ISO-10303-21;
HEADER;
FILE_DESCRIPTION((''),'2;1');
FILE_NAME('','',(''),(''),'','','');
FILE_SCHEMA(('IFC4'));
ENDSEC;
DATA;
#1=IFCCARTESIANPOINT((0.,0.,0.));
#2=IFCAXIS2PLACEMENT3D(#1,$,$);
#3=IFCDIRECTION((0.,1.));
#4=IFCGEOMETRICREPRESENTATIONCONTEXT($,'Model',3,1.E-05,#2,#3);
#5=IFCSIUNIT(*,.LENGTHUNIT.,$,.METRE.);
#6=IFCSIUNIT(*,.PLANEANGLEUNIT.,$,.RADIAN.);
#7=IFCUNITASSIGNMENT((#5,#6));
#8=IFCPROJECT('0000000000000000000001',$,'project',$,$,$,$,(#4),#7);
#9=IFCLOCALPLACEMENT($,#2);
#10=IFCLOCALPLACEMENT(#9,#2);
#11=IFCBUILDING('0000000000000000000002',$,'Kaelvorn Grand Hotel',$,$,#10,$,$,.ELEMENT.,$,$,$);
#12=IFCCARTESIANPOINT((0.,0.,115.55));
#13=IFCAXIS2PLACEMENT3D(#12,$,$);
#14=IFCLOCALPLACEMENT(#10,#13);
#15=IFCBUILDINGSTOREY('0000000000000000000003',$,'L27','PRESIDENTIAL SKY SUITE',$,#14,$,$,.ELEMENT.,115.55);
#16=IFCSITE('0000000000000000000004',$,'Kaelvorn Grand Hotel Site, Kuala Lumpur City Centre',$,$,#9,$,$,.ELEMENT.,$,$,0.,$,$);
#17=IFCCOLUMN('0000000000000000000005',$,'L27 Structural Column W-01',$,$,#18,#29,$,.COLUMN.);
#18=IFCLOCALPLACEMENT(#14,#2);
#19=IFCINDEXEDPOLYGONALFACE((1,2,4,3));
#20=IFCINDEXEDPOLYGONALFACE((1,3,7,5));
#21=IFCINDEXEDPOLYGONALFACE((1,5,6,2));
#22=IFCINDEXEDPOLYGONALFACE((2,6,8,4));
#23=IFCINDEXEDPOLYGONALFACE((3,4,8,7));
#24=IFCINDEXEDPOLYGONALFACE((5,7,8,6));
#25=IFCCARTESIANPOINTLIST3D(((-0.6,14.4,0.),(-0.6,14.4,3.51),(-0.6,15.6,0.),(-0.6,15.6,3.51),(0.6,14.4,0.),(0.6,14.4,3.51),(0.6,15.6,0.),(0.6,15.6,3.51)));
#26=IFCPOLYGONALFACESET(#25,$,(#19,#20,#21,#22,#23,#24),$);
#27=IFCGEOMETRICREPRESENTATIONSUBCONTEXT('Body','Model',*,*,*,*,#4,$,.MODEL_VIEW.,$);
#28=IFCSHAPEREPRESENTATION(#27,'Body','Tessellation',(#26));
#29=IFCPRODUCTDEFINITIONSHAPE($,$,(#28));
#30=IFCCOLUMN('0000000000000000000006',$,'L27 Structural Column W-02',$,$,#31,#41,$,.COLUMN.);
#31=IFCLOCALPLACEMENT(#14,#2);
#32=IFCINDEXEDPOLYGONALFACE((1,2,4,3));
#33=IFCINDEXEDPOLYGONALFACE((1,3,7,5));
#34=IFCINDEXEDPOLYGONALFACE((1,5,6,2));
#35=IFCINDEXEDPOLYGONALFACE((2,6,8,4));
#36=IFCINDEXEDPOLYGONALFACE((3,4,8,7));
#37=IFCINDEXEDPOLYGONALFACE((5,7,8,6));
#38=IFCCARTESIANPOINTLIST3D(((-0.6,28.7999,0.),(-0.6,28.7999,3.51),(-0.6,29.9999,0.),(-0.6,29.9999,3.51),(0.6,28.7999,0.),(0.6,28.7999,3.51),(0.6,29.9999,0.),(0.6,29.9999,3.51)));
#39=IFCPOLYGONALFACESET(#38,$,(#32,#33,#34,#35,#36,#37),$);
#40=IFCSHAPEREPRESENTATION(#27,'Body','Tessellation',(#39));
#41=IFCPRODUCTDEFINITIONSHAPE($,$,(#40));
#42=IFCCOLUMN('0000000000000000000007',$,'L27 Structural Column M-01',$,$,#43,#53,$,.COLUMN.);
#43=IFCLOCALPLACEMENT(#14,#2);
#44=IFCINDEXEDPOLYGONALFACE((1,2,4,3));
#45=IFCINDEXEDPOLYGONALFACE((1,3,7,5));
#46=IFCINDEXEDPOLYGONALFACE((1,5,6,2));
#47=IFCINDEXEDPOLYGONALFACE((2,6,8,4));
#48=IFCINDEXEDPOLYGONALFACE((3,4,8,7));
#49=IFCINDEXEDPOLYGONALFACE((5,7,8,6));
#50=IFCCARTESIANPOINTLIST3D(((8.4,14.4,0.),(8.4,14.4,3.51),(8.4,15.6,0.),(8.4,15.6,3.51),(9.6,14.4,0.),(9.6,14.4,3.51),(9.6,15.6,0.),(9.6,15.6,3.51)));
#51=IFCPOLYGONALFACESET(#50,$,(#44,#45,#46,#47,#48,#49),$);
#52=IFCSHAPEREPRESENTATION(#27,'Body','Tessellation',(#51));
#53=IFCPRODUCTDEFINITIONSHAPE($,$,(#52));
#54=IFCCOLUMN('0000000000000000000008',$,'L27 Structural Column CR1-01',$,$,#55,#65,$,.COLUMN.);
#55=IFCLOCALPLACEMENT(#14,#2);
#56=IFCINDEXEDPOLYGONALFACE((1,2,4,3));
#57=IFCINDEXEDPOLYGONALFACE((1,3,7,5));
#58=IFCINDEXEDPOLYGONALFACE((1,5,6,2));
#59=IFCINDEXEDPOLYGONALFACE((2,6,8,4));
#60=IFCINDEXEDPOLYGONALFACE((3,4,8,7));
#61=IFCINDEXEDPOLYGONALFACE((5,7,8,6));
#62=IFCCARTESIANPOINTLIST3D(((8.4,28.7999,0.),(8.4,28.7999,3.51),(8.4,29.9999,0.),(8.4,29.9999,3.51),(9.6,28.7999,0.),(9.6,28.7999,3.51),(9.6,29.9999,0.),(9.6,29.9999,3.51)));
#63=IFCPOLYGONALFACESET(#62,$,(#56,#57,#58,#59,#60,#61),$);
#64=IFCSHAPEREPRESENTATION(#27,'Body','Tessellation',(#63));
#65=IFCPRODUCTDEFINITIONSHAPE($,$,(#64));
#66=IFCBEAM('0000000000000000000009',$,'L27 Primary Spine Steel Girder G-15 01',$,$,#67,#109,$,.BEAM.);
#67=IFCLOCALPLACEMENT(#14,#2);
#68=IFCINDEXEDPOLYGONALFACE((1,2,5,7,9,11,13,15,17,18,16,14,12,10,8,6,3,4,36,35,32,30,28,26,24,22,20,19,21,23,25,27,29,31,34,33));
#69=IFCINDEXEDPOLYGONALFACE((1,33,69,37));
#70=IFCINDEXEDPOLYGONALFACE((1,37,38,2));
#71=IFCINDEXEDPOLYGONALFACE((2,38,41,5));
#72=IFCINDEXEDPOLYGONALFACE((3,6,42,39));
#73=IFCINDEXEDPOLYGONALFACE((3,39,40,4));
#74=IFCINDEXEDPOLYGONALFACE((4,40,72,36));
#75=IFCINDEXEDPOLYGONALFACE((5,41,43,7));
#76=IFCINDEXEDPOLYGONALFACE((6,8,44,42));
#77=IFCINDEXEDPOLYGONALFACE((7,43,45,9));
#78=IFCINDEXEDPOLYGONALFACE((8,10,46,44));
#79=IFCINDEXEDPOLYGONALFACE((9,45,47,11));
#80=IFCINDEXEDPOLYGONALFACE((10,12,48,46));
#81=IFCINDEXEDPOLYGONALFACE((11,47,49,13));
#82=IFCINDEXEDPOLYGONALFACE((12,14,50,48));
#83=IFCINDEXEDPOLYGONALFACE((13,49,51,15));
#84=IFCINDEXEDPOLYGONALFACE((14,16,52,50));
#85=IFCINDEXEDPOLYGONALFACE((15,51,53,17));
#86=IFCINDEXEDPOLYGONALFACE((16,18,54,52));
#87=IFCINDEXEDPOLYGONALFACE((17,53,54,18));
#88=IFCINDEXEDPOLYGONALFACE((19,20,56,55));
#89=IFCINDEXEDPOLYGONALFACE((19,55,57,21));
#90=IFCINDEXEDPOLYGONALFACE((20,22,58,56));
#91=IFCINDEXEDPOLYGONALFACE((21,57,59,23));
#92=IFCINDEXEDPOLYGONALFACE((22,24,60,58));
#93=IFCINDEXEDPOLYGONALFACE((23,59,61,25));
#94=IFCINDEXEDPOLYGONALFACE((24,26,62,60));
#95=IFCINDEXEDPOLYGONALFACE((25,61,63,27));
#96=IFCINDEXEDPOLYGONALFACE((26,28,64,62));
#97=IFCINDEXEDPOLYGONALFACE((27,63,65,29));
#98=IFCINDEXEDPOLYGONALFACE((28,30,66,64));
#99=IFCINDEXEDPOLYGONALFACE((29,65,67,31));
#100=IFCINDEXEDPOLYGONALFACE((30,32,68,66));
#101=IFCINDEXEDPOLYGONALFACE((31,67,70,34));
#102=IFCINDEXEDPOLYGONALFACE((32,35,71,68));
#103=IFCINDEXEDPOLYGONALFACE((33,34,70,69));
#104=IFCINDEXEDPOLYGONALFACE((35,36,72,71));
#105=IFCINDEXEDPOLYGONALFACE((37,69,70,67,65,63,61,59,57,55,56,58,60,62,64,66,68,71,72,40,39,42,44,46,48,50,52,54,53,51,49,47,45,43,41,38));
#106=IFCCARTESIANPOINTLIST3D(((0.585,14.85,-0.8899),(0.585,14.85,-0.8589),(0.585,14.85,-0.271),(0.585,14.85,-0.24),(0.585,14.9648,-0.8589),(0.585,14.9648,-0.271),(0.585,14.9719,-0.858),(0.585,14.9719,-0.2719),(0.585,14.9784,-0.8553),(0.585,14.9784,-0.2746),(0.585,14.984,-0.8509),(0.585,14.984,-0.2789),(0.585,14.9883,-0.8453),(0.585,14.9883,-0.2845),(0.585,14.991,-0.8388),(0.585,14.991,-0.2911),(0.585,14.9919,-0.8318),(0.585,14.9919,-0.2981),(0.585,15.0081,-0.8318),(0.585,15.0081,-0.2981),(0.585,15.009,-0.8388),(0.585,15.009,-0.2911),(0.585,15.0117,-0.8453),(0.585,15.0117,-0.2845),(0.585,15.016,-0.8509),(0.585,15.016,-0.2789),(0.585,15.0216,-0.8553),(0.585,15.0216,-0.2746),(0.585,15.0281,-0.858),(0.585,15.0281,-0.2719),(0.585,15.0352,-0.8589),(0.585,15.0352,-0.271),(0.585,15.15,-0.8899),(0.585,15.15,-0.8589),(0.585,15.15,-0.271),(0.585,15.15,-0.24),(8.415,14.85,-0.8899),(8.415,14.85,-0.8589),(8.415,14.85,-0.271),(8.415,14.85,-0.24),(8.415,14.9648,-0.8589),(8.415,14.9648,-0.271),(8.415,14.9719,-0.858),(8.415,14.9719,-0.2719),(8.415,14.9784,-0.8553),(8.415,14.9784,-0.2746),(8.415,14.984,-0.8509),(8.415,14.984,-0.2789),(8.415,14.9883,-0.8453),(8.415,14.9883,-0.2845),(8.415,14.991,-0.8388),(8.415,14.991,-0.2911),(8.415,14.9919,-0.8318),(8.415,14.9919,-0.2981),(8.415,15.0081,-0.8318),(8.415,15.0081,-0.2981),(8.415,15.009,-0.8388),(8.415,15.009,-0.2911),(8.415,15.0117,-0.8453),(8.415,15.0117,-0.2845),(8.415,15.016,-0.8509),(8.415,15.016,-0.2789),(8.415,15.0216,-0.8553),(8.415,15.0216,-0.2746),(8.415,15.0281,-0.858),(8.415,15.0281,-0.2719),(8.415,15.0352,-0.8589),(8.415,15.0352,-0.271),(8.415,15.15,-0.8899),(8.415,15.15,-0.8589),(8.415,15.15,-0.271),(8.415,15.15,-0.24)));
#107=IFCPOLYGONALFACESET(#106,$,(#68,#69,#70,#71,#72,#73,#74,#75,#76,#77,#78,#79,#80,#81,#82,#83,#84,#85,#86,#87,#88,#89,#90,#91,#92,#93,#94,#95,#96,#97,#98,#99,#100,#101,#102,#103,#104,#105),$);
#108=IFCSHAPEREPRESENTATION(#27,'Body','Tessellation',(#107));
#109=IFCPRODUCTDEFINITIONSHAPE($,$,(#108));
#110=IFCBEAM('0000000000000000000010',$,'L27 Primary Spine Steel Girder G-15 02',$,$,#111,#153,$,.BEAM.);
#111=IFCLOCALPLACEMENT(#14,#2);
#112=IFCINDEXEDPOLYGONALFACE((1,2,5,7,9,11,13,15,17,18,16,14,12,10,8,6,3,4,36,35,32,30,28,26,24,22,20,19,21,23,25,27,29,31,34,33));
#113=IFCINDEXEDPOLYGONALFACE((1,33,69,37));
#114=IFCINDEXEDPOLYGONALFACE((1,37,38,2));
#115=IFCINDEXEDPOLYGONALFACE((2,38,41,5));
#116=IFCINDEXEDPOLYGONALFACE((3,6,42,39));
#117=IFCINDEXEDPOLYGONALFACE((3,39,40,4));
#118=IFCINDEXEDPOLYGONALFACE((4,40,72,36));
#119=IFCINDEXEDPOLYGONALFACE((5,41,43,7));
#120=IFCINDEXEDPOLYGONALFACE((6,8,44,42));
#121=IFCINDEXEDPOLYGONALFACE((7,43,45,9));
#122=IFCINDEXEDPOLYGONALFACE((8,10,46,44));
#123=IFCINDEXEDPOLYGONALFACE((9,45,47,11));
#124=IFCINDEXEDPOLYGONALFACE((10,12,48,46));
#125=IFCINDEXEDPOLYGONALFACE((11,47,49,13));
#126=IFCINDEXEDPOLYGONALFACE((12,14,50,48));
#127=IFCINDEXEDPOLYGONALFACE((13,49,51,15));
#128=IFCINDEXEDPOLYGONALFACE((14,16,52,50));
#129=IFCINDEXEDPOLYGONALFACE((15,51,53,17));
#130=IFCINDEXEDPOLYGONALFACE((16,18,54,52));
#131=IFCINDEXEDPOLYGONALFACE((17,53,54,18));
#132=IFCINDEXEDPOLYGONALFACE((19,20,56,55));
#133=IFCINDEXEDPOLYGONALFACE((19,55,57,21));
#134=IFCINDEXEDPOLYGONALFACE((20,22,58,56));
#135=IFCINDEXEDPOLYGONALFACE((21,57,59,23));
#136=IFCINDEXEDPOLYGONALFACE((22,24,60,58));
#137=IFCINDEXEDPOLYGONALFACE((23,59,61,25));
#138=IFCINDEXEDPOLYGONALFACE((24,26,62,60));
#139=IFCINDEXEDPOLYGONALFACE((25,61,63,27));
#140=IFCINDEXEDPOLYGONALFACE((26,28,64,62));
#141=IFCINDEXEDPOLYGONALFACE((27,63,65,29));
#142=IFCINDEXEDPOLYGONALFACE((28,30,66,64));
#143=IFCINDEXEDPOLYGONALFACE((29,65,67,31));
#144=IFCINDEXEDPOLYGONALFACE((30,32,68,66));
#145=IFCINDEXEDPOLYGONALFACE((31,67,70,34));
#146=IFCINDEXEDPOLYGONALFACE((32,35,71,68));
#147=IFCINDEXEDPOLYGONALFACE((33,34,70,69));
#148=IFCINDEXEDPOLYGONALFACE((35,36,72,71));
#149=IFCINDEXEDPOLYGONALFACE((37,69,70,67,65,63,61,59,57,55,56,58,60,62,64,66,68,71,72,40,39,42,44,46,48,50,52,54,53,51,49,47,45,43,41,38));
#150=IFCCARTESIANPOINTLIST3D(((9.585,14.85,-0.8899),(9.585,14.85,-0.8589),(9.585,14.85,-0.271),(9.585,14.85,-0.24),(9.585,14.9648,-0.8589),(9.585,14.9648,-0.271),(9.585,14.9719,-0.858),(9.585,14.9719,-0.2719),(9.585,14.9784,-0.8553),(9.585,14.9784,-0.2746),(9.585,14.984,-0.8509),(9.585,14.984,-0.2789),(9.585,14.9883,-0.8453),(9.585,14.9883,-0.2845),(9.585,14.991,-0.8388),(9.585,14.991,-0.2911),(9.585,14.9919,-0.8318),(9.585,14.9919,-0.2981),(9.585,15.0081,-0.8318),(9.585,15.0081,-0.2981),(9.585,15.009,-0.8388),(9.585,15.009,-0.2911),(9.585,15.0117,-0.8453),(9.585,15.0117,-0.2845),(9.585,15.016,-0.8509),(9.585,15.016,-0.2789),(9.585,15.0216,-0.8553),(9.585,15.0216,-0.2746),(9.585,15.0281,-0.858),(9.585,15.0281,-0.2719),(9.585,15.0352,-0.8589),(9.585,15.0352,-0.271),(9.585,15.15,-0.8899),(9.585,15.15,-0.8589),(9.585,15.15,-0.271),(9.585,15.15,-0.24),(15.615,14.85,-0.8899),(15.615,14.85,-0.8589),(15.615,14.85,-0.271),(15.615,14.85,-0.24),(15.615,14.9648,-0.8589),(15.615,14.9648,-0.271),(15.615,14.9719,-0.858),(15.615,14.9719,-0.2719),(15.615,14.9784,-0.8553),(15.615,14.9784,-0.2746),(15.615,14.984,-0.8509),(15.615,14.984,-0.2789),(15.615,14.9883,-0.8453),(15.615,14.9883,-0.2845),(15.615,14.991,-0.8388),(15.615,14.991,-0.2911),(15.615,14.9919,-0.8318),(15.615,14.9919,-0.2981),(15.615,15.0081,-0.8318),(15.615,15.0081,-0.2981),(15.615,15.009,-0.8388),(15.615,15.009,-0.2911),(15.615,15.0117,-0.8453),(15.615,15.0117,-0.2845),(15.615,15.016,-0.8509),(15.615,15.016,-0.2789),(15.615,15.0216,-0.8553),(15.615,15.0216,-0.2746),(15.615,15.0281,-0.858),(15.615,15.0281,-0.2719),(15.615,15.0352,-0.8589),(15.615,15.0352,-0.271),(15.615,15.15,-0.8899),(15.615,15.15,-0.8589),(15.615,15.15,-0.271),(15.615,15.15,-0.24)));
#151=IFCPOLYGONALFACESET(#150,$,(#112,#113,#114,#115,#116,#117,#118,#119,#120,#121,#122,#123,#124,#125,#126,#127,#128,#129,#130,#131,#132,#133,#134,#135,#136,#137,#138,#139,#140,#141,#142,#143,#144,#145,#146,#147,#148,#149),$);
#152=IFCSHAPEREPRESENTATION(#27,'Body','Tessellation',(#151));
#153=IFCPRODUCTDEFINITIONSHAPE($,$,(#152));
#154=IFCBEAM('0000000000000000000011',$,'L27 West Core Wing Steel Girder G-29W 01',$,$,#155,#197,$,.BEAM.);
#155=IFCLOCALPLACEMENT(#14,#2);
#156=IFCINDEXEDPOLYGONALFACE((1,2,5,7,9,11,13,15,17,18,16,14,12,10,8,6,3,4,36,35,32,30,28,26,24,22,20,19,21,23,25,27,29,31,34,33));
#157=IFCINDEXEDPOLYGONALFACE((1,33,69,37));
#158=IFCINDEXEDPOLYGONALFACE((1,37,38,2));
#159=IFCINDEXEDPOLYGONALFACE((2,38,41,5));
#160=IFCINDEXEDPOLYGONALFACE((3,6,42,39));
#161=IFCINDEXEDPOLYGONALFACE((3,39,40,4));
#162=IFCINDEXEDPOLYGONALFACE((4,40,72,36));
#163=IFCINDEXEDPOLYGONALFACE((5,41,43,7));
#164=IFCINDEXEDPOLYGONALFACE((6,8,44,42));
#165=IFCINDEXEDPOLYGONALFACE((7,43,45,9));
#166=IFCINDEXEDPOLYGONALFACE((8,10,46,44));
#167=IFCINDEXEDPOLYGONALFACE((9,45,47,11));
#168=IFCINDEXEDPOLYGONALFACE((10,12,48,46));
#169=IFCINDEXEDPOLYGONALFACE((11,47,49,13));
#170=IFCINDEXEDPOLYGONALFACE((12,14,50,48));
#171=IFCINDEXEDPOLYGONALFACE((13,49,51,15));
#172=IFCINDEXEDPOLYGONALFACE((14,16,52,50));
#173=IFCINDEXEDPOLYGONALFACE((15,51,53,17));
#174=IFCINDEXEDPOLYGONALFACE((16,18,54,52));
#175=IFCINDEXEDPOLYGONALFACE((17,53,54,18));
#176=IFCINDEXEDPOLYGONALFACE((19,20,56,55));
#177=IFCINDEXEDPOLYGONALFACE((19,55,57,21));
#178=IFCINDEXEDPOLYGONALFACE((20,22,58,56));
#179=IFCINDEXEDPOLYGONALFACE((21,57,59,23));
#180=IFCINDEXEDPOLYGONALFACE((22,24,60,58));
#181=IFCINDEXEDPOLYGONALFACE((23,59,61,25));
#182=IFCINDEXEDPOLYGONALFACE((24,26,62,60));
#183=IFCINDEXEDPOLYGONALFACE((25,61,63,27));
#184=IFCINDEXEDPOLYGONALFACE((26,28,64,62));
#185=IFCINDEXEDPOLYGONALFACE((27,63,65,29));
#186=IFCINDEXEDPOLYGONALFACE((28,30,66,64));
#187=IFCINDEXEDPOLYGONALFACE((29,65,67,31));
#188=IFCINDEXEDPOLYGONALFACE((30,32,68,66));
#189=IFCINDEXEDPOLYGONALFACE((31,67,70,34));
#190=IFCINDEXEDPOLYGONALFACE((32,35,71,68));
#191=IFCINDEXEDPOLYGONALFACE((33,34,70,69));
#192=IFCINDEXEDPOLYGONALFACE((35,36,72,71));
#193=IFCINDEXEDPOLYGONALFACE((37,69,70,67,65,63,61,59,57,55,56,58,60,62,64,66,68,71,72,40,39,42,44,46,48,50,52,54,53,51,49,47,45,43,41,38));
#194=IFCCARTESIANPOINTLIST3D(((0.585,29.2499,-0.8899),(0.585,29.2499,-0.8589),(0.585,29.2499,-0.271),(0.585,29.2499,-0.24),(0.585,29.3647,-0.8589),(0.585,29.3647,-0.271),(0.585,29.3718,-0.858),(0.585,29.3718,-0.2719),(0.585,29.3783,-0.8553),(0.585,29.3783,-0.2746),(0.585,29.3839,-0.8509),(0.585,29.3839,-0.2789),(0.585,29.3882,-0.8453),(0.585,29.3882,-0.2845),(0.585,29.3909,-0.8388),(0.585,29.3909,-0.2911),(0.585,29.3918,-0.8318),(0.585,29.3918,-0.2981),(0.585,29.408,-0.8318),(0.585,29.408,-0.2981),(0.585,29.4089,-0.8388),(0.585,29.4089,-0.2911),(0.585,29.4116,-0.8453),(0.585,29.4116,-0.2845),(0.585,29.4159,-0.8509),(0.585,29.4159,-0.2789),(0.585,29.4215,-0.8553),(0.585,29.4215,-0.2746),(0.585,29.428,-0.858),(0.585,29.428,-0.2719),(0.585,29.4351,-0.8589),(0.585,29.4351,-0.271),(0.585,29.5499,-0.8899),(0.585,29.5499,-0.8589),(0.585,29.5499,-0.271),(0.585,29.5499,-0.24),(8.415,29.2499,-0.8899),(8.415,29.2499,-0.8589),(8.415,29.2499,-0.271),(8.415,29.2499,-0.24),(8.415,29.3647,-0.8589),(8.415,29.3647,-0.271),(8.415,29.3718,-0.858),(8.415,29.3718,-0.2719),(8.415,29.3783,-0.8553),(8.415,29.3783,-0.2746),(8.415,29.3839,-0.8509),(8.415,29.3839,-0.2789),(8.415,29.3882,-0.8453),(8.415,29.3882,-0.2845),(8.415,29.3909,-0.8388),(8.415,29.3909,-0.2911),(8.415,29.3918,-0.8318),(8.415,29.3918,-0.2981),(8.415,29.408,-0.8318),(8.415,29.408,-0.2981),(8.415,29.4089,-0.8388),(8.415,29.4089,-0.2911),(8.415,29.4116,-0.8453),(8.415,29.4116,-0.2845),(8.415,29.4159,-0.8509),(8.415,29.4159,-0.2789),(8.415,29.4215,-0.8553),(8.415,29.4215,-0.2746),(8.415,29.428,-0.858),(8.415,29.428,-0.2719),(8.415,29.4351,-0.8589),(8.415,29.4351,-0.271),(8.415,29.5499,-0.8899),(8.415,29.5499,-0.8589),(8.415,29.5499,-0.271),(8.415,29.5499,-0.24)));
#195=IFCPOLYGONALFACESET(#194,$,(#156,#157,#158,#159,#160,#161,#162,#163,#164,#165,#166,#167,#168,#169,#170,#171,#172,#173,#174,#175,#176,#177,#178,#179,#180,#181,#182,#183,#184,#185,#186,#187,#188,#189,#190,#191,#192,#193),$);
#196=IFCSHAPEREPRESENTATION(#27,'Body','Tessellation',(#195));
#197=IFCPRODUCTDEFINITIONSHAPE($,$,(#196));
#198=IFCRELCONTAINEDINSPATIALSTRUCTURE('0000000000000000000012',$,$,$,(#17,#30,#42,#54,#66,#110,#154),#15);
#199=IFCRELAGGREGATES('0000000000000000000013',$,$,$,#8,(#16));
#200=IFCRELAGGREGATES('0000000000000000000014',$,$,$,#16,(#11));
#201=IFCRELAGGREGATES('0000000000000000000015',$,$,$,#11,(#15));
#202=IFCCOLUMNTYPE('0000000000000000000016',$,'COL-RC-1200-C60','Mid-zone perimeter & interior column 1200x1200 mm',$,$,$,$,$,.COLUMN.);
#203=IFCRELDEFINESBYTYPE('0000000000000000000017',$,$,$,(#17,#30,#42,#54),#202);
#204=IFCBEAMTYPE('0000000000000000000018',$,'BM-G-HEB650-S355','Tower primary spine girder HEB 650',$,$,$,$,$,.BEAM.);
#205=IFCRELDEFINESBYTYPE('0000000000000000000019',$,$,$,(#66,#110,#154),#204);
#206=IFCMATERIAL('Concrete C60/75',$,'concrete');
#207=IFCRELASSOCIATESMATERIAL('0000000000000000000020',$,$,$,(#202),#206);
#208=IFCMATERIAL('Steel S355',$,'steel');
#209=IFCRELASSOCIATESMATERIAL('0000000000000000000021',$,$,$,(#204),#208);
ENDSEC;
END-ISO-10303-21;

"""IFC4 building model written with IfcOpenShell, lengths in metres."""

from ifc_helpers import new_model, si_unit, direction, frame, origin, origin_2d, place, context, subcontext, project, spatial, rectangle, i_section, extrude, material, material_profile, profile_set, type_object, element, save


model = new_model("IFC4")

# Units and contexts
model_context = context("Model", 3, precision=1e-05, world=origin(), true_north=direction((0.0, 1.0)))
body_context = subcontext(model_context, "Body", "Model", "MODEL_VIEW")
ifc_project = project(units=[si_unit("LENGTHUNIT", "METRE"), si_unit("PLANEANGLEUNIT", "RADIAN")], contexts=[model_context])

# Site, building, storey
site_placement = place(None, origin())
site = spatial("IfcSite", under=ifc_project, at=site_placement, Name="Kaelvorn Grand Hotel Site, Kuala Lumpur City Centre", CompositionType="ELEMENT", RefElevation=0.0)
building_placement = place(site_placement, origin())
building = spatial("IfcBuilding", under=site, at=building_placement, Name="Kaelvorn Grand Hotel", CompositionType="ELEMENT")
storey_placement = place(building_placement, frame((0.0, 0.0, 115.55)))
storey = spatial("IfcBuildingStorey", under=building, at=storey_placement, Name="L27", Description="PRESIDENTIAL SKY SUITE", CompositionType="ELEMENT", Elevation=115.55)

# Columns
ifc_material_1 = material(Name="Concrete C60/75", Category="concrete")
ifc_material_profile_1 = material_profile(ifc_material_1, rectangle(XDim=1.2, YDim=1.2, at=origin_2d()), Name="RC COL 1200x1200")
ifc_profile_set_1 = profile_set([ifc_material_profile_1], Name="Concrete C60/75")
column_type = type_object("IfcColumnType", Name="COL-RC-1200-C60", Description="Mid-zone perimeter & interior column 1200x1200 mm", PredefinedType="COLUMN", material=ifc_profile_set_1)
for number, where, z_axis, x_axis, name in (
    (1, (0.0, 15.0, 0.0), (0.0, 0.0, 1.0), (1.0, 0.0, 0.0), "L27 Structural Column W-01"),
    (2, (0.0, 29.3999, 0.0), (0.0, 0.0, 1.0), (1.0, 0.0, 0.0), "L27 Structural Column W-02"),
    (3, (9.0, 15.0, 0.0), (0.0, 0.0, 1.0), (1.0, 0.0, 0.0), "L27 Structural Column M-01"),
    (4, (9.0, 29.3999, 0.0), (0.0, 0.0, 1.0), (1.0, 0.0, 0.0), "L27 Structural Column CR1-01"),
):
    element("IfcColumn", number, at=place(storey_placement, frame(where, z_axis=z_axis, x_axis=x_axis)), inside=storey, type_object=column_type, Name=name, PredefinedType="COLUMN", context=body_context, shape_type="SweptSolid", body=[
        extrude(rectangle(XDim=1.2, YDim=1.2, at=origin_2d()), origin(), (0.0, 0.0, 1.0), 3.51),
    ])

# Beams
ifc_material_2 = material(Name="Steel S355", Category="steel")
ifc_material_profile_2 = material_profile(ifc_material_2, i_section(OverallWidth=0.3, OverallDepth=0.6499, WebThickness=0.0161, FlangeThickness=0.031, FilletRadius=0.0271, at=origin_2d()), Name="HEB 650")
ifc_profile_set_2 = profile_set([ifc_material_profile_2], Name="Steel S355")
beam_type_1 = type_object("IfcBeamType", Name="BM-G-HEB650-S355", Description="Tower primary spine girder HEB 650", PredefinedType="BEAM", material=ifc_profile_set_2)
beam_1_placement = place(storey_placement, frame((0.585, 15.0, -0.5649), z_axis=(1.0, 0.0, 0.0), x_axis=(0.0, 1.0, 0.0)))
element("IfcBeam", 5, at=beam_1_placement, inside=storey, type_object=beam_type_1, Name="L27 Primary Spine Steel Girder G-15 01", PredefinedType="BEAM", context=body_context, shape_type="SweptSolid", body=[
    extrude(i_section(OverallWidth=0.3, OverallDepth=0.6499, WebThickness=0.0161, FlangeThickness=0.031, FilletRadius=0.0271, at=origin_2d()), origin(), (0.0, 0.0, 1.0), 7.8301),
])
beam_2_placement = place(storey_placement, frame((9.585, 15.0, -0.5649), z_axis=(1.0, 0.0, 0.0), x_axis=(0.0, 1.0, 0.0)))
element("IfcBeam", 6, at=beam_2_placement, inside=storey, type_object=beam_type_1, Name="L27 Primary Spine Steel Girder G-15 02", PredefinedType="BEAM", context=body_context, shape_type="SweptSolid", body=[
    extrude(i_section(OverallWidth=0.3, OverallDepth=0.6499, WebThickness=0.0161, FlangeThickness=0.031, FilletRadius=0.0271, at=origin_2d()), origin(), (0.0, 0.0, 1.0), 6.03),
])
beam_3_placement = place(storey_placement, frame((0.585, 29.3999, -0.5649), z_axis=(1.0, 0.0, 0.0), x_axis=(0.0, 1.0, 0.0)))
element("IfcBeam", 7, at=beam_3_placement, inside=storey, type_object=beam_type_1, Name="L27 West Core Wing Steel Girder G-29W 01", PredefinedType="BEAM", context=body_context, shape_type="SweptSolid", body=[
    extrude(i_section(OverallWidth=0.3, OverallDepth=0.6499, WebThickness=0.0161, FlangeThickness=0.031, FilletRadius=0.0271, at=origin_2d()), origin(), (0.0, 0.0, 1.0), 7.8301),
])

save(model, "model.ifc")
